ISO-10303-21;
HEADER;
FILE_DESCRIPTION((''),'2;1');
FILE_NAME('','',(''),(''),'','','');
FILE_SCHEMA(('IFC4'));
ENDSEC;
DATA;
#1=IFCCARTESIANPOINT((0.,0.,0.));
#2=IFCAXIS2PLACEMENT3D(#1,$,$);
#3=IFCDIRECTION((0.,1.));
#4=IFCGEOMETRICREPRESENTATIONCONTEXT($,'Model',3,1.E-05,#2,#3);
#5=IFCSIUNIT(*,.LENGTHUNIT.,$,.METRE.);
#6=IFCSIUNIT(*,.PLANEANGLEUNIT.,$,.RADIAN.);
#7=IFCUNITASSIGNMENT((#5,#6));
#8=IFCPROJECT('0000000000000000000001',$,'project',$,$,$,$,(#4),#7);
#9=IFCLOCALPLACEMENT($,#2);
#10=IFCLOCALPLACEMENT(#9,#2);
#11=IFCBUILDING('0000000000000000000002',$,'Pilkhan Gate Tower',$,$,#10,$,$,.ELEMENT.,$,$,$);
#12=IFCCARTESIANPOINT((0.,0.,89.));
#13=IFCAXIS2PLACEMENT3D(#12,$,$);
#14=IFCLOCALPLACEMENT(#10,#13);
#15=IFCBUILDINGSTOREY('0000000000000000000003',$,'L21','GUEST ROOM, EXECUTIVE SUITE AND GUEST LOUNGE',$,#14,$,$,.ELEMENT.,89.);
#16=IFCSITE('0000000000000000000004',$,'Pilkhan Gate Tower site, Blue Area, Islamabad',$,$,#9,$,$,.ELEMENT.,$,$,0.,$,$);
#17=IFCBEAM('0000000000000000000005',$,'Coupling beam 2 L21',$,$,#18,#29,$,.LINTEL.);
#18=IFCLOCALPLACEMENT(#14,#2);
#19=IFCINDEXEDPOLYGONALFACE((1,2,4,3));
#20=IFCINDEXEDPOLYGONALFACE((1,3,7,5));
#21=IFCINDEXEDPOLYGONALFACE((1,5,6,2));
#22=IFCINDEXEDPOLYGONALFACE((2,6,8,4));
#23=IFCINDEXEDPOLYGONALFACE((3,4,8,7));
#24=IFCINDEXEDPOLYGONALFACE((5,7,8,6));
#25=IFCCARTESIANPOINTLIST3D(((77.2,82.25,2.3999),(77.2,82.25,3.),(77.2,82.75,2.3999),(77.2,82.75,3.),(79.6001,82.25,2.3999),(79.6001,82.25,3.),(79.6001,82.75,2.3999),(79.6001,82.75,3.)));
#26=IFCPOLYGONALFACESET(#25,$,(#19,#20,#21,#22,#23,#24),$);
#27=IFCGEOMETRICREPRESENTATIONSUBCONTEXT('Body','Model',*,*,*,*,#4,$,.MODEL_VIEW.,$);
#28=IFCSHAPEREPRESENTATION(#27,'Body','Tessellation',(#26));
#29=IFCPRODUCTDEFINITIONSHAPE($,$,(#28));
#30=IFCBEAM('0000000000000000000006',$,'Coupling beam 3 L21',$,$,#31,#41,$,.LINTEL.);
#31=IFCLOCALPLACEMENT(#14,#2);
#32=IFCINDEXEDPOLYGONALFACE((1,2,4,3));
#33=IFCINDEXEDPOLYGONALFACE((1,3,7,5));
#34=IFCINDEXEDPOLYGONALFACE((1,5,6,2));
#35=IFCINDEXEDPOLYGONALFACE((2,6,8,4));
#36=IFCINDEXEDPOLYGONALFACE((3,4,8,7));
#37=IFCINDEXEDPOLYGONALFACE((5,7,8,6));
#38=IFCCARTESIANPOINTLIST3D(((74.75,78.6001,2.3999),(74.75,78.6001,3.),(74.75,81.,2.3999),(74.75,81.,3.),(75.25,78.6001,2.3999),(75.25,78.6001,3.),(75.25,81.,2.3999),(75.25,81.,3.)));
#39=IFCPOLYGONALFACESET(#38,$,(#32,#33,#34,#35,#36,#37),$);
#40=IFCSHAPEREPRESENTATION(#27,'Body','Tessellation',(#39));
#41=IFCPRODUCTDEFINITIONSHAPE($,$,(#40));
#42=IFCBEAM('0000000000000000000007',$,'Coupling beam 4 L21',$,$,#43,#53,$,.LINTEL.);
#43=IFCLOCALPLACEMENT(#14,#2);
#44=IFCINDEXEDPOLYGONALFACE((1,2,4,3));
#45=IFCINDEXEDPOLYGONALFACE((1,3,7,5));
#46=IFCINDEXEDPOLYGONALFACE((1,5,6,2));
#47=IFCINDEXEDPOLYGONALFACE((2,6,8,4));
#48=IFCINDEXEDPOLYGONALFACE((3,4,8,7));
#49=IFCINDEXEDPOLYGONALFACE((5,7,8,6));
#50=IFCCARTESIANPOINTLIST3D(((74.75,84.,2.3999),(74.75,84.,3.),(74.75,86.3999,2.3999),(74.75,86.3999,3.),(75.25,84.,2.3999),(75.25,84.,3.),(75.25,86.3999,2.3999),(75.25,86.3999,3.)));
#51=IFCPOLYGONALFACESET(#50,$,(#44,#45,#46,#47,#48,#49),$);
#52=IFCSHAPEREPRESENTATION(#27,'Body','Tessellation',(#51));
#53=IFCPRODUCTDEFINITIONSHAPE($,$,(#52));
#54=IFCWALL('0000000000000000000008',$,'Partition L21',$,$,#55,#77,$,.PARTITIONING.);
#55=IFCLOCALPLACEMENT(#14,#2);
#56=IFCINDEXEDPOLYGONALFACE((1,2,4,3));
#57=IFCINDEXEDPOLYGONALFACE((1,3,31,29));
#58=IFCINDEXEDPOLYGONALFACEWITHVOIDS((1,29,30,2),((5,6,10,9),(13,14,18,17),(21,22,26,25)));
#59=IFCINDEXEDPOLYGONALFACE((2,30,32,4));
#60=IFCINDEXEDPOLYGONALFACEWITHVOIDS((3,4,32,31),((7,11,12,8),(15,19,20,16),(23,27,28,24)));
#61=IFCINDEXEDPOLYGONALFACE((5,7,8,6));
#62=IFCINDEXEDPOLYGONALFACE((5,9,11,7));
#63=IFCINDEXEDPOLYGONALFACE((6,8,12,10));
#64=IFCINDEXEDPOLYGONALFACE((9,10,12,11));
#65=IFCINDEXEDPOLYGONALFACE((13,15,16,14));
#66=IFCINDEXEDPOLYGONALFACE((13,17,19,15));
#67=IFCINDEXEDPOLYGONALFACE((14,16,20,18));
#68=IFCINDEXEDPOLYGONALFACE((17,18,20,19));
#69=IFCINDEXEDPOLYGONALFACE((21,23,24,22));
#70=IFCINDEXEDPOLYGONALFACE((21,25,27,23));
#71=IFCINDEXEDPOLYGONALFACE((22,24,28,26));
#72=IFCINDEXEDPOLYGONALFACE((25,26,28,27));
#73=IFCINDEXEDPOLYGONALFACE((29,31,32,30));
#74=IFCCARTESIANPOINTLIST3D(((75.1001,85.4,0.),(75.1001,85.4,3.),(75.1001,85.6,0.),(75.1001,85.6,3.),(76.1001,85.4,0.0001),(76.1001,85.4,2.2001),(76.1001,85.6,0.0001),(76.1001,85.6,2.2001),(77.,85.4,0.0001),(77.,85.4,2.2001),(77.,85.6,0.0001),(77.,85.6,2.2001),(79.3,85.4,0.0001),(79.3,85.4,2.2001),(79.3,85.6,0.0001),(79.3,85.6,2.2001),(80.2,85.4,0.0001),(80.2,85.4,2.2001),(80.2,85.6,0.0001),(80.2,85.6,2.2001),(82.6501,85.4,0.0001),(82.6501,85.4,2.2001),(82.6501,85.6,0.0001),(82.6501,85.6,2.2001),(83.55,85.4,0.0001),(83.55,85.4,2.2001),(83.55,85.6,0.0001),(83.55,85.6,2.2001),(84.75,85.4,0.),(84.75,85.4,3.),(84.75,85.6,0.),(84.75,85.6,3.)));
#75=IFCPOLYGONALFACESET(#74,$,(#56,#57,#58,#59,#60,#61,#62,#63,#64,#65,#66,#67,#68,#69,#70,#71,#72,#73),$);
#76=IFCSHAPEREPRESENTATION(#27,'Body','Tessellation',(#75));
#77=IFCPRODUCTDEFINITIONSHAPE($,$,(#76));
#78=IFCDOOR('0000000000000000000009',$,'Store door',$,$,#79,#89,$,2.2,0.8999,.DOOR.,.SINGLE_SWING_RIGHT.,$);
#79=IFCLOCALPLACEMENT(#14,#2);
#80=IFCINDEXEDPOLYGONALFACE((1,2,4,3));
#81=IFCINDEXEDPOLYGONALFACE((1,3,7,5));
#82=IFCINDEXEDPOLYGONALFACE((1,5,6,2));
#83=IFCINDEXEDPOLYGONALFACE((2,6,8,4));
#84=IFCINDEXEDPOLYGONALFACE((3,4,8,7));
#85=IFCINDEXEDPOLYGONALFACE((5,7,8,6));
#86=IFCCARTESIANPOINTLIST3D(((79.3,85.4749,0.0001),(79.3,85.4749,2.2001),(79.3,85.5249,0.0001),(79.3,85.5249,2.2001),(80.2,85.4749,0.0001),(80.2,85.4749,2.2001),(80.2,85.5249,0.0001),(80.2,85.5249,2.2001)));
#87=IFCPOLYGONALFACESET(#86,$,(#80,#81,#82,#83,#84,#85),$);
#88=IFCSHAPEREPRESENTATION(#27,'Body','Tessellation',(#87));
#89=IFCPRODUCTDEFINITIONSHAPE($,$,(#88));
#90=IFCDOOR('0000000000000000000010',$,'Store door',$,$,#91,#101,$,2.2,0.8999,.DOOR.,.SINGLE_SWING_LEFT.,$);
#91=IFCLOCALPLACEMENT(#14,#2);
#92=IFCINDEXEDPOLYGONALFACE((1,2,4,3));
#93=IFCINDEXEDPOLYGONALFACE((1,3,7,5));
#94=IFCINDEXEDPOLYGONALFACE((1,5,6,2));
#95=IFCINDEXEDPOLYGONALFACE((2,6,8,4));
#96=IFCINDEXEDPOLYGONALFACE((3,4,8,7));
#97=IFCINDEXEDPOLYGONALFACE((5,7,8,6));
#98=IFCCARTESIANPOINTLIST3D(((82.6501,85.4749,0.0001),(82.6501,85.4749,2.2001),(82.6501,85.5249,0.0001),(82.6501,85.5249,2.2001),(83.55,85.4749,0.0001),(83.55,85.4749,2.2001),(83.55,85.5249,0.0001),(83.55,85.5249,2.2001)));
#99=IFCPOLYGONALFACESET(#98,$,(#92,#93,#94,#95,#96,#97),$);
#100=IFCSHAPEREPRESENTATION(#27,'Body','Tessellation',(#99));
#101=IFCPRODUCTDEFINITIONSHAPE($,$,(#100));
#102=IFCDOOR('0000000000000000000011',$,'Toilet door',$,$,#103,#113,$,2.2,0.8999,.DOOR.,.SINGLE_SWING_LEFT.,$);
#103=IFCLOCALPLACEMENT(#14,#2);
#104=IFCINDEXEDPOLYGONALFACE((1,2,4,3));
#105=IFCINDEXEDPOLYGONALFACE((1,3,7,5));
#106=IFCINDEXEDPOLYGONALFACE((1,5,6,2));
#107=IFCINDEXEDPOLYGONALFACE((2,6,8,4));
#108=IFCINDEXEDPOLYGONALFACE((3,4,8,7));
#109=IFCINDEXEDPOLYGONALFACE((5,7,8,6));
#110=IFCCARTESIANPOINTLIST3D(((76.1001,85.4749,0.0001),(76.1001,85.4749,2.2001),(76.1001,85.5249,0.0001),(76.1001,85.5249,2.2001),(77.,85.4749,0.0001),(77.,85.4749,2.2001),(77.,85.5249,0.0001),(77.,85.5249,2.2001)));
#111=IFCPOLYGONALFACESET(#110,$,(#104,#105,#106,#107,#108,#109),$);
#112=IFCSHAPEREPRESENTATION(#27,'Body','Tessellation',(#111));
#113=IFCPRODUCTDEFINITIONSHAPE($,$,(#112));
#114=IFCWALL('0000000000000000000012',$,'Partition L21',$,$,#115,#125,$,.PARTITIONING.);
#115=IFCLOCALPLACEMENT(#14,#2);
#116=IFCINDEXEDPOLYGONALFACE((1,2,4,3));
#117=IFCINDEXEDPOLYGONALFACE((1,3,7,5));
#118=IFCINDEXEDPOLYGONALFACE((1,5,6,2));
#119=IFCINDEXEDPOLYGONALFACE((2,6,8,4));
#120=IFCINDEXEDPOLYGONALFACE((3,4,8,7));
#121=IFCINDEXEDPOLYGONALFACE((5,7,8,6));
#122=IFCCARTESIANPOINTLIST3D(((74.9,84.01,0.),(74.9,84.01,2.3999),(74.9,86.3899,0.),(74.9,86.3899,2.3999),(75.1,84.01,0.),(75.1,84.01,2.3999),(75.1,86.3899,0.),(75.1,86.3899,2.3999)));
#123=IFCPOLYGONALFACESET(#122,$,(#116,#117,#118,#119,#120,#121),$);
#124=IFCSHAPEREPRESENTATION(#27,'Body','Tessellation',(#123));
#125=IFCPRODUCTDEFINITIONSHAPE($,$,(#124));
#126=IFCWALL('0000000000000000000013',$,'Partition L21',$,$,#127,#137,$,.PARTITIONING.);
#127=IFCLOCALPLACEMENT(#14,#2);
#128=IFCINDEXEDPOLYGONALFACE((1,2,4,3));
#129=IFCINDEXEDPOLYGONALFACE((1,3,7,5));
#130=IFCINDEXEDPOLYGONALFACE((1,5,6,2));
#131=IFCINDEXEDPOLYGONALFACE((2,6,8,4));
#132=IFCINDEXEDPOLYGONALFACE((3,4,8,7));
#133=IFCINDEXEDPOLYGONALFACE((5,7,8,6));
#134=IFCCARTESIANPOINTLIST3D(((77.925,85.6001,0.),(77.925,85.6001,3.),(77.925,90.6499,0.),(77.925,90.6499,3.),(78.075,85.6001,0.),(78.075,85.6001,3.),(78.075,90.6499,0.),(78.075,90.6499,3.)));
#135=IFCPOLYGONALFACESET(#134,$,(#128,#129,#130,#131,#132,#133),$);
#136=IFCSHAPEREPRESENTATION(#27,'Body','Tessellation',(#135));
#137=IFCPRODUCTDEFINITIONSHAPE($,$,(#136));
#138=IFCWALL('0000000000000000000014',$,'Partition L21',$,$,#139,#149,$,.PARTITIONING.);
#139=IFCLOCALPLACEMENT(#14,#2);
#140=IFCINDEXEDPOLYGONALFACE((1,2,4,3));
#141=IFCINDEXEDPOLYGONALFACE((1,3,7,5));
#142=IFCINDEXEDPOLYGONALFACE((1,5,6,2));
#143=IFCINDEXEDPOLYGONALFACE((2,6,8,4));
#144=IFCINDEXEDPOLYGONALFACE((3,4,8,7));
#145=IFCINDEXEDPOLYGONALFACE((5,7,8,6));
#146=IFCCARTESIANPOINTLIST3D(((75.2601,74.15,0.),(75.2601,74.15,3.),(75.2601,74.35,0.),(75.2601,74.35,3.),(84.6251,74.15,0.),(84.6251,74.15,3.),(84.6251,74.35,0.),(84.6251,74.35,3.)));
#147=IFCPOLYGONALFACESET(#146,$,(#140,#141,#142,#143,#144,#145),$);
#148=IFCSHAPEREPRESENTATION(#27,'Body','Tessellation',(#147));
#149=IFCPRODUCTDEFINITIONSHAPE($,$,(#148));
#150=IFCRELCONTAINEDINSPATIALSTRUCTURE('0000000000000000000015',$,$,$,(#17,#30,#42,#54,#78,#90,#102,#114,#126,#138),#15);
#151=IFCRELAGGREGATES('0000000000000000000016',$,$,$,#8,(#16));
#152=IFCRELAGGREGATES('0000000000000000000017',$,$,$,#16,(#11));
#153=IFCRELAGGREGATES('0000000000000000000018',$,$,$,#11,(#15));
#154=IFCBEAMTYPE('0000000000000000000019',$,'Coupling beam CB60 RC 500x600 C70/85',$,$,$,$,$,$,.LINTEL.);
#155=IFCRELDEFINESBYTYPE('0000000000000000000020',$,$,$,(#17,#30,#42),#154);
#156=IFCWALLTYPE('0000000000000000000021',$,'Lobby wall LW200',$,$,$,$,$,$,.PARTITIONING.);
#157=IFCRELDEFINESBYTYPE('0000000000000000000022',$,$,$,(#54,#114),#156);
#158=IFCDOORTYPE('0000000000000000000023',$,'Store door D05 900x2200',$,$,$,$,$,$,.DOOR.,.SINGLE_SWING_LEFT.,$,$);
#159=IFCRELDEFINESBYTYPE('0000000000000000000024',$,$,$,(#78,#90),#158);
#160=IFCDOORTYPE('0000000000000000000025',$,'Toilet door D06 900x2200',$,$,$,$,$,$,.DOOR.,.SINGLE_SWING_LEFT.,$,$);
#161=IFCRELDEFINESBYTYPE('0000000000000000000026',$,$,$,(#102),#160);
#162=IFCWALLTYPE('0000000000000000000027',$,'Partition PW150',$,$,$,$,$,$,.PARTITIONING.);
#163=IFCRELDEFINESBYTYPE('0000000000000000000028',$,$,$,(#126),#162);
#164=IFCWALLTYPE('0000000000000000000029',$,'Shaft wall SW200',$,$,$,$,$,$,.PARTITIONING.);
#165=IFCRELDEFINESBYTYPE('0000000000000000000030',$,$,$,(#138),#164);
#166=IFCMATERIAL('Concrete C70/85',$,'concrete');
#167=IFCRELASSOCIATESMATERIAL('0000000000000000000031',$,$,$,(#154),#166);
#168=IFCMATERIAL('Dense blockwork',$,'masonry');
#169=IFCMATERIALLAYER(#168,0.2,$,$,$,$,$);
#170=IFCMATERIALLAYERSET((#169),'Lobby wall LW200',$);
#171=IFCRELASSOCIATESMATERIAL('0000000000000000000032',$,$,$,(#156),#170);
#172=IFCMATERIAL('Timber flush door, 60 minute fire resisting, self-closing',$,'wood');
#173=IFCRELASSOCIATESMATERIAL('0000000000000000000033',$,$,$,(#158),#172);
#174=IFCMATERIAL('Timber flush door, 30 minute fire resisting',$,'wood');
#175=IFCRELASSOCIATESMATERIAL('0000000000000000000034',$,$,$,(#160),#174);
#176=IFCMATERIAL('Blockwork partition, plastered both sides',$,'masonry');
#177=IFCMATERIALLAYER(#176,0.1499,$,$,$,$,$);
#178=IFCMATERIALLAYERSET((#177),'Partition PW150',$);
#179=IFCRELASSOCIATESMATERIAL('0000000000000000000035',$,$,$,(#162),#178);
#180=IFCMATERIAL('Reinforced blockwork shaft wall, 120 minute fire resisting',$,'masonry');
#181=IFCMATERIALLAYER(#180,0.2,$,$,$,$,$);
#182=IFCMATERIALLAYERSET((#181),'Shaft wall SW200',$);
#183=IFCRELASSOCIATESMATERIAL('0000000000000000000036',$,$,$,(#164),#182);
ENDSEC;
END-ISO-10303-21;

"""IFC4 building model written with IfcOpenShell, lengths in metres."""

from ifc_helpers import new_model, si_unit, direction, frame, frame_2d, origin, origin_2d, place, context, subcontext, project, spatial, rectangle, extrude, material, layer, layer_set, material_profile, profile_set, type_object, element, fill, save


model = new_model("IFC4")

# Units and contexts
model_context = context("Model", 3, precision=1e-05, world=origin(), true_north=direction((0.0, 1.0)))
body_context = subcontext(model_context, "Body", "Model", "MODEL_VIEW")
ifc_project = project(units=[si_unit("LENGTHUNIT", "METRE"), si_unit("PLANEANGLEUNIT", "RADIAN")], contexts=[model_context])

# Site, building, storey
site_placement = place(None, origin())
site = spatial("IfcSite", under=ifc_project, at=site_placement, Name="Pilkhan Gate Tower site, Blue Area, Islamabad", CompositionType="ELEMENT", RefElevation=0.0)
building_placement = place(site_placement, origin())
building = spatial("IfcBuilding", under=site, at=building_placement, Name="Pilkhan Gate Tower", CompositionType="ELEMENT")
storey_placement = place(building_placement, frame((0.0, 0.0, 89.0)))
storey = spatial("IfcBuildingStorey", under=building, at=storey_placement, Name="L21", Description="GUEST ROOM, EXECUTIVE SUITE AND GUEST LOUNGE", CompositionType="ELEMENT", Elevation=89.0)

# Beams
ifc_material_1 = material(Name="Concrete C70/85", Category="concrete")
ifc_material_profile = material_profile(ifc_material_1, rectangle(XDim=0.5, YDim=0.6001, at=origin_2d()), Name="RC 500x600")
ifc_profile_set = profile_set([ifc_material_profile], Name="Concrete C70/85")
beam_type = type_object("IfcBeamType", Name="Coupling beam CB60 RC 500x600 C70/85", PredefinedType="LINTEL", material=ifc_profile_set)
beam_placement = place(storey_placement, frame((77.2, 82.5, 2.7), z_axis=(1.0, 0.0, 0.0), x_axis=(0.0, 1.0, 0.0)))
element("IfcBeam", 1, at=beam_placement, inside=storey, type_object=beam_type, Name="Coupling beam 2 L21", PredefinedType="LINTEL", context=body_context, shape_type="SweptSolid", body=[
    extrude(rectangle(XDim=0.5, YDim=0.6001, at=origin_2d()), origin(), (0.0, 0.0, 1.0), 2.4001),
])
for number, where, z_axis, x_axis, name in (
    (2, (75.0, 78.6001, 2.7), (0.0, 1.0, 0.0), (-1.0, 0.0, 0.0), "Coupling beam 3 L21"),
    (3, (75.0, 84.0, 2.7), (0.0, 1.0, 0.0), (-1.0, 0.0, 0.0), "Coupling beam 4 L21"),
):
    element("IfcBeam", number, at=place(storey_placement, frame(where, z_axis=z_axis, x_axis=x_axis)), inside=storey, type_object=beam_type, Name=name, PredefinedType="LINTEL", context=body_context, shape_type="SweptSolid", body=[
        extrude(rectangle(XDim=0.5, YDim=0.6001, at=origin_2d()), origin(), (0.0, 0.0, 1.0), 2.3999),
    ])

# Wall, openings, doors
ifc_material_2 = material(Name="Dense blockwork", Category="masonry")
ifc_layer_1 = layer(ifc_material_2, 0.2)
ifc_layer_set_1 = layer_set([ifc_layer_1], Name="Lobby wall LW200")
wall_type_1 = type_object("IfcWallType", Name="Lobby wall LW200", PredefinedType="PARTITIONING", material=ifc_layer_set_1)
wall_1_placement = place(storey_placement, frame((75.1001, 85.5, 0.0), z_axis=(0.0, 0.0, 1.0), x_axis=(1.0, 0.0, 0.0)))
wall_1 = element("IfcWall", 4, at=wall_1_placement, inside=storey, type_object=wall_type_1, Name="Partition L21", PredefinedType="PARTITIONING", context=body_context, shape_type="SweptSolid", body=[
    extrude(rectangle(XDim=9.6499, YDim=0.2, at=frame_2d((4.825, 0.0))), origin(), (0.0, 0.0, 1.0), 3.0),
])
opening_1_placement = place(wall_1_placement, frame((1.0, 0.0, 0.0)))
opening_1 = element("IfcOpeningElement", 5, at=opening_1_placement, cuts=wall_1, PredefinedType="OPENING", context=body_context, shape_type="SweptSolid", body=[
    extrude(rectangle(XDim=0.8999, YDim=2.2, at=frame_2d((0.45, 1.1001))), frame((0.0, 0.1099, 0.0), z_axis=(0.0, -1.0, 0.0), x_axis=(1.0, 0.0, 0.0)), (0.0, 0.0, 1.0), 0.22),
])
opening_2_placement = place(wall_1_placement, frame((4.2, 0.0, 0.0)))
opening_2 = element("IfcOpeningElement", 6, at=opening_2_placement, cuts=wall_1, PredefinedType="OPENING", context=body_context, shape_type="SweptSolid", body=[
    extrude(rectangle(XDim=0.8999, YDim=2.2, at=frame_2d((0.45, 1.1001))), frame((0.0, 0.1099, 0.0), z_axis=(0.0, -1.0, 0.0), x_axis=(1.0, 0.0, 0.0)), (0.0, 0.0, 1.0), 0.22),
])
opening_3_placement = place(wall_1_placement, frame((7.55, 0.0, 0.0)))
opening_3 = element("IfcOpeningElement", 7, at=opening_3_placement, cuts=wall_1, PredefinedType="OPENING", context=body_context, shape_type="SweptSolid", body=[
    extrude(rectangle(XDim=0.8999, YDim=2.2, at=frame_2d((0.45, 1.1001))), frame((0.0, 0.1099, 0.0), z_axis=(0.0, -1.0, 0.0), x_axis=(1.0, 0.0, 0.0)), (0.0, 0.0, 1.0), 0.22),
])
ifc_material_3 = material(Name="Timber flush door, 60 minute fire resisting, self-closing", Category="wood")
door_type_1 = type_object("IfcDoorType", Name="Store door D05 900x2200", OperationType="SINGLE_SWING_LEFT", PredefinedType="DOOR", material=ifc_material_3)
door_1_placement = place(opening_2_placement, origin())
door_1 = element("IfcDoor", 8, at=door_1_placement, inside=storey, type_object=door_type_1, Name="Store door", OperationType="SINGLE_SWING_RIGHT", OverallHeight=2.2, OverallWidth=0.8999, PredefinedType="DOOR", context=body_context, shape_type="SweptSolid", body=[
    extrude(rectangle(XDim=0.8999, YDim=2.2, at=frame_2d((0.45, 1.1001))), frame((0.0, 0.0249, 0.0), z_axis=(0.0, -1.0, 0.0), x_axis=(1.0, 0.0, 0.0)), (0.0, 0.0, 1.0), 0.05),
])
fill(opening_2, door_1)
door_2_placement = place(opening_3_placement, origin())
door_2 = element("IfcDoor", 9, at=door_2_placement, inside=storey, type_object=door_type_1, Name="Store door", OperationType="SINGLE_SWING_LEFT", OverallHeight=2.2, OverallWidth=0.8999, PredefinedType="DOOR", context=body_context, shape_type="SweptSolid", body=[
    extrude(rectangle(XDim=0.8999, YDim=2.2, at=frame_2d((0.45, 1.1001))), frame((0.0, 0.0249, 0.0), z_axis=(0.0, -1.0, 0.0), x_axis=(1.0, 0.0, 0.0)), (0.0, 0.0, 1.0), 0.05),
])
fill(opening_3, door_2)
ifc_material_4 = material(Name="Timber flush door, 30 minute fire resisting", Category="wood")
door_type_2 = type_object("IfcDoorType", Name="Toilet door D06 900x2200", OperationType="SINGLE_SWING_LEFT", PredefinedType="DOOR", material=ifc_material_4)
door_3_placement = place(opening_1_placement, origin())
door_3 = element("IfcDoor", 10, at=door_3_placement, inside=storey, type_object=door_type_2, Name="Toilet door", OperationType="SINGLE_SWING_LEFT", OverallHeight=2.2, OverallWidth=0.8999, PredefinedType="DOOR", context=body_context, shape_type="SweptSolid", body=[
    extrude(rectangle(XDim=0.8999, YDim=2.2, at=frame_2d((0.45, 1.1001))), frame((0.0, 0.0249, 0.0), z_axis=(0.0, -1.0, 0.0), x_axis=(1.0, 0.0, 0.0)), (0.0, 0.0, 1.0), 0.05),
])
fill(opening_1, door_3)

# Walls
wall_2_placement = place(storey_placement, frame((75.0, 84.01, 0.0), z_axis=(0.0, 0.0, 1.0), x_axis=(0.0, 1.0, 0.0)))
element("IfcWall", 11, at=wall_2_placement, inside=storey, type_object=wall_type_1, Name="Partition L21", PredefinedType="PARTITIONING", context=body_context, shape_type="SweptSolid", body=[
    extrude(rectangle(XDim=2.3799, YDim=0.2, at=frame_2d((1.1899, 0.0))), origin(), (0.0, 0.0, 1.0), 2.3999),
])
ifc_material_5 = material(Name="Blockwork partition, plastered both sides", Category="masonry")
ifc_layer_2 = layer(ifc_material_5, 0.1499)
ifc_layer_set_2 = layer_set([ifc_layer_2], Name="Partition PW150")
wall_type_2 = type_object("IfcWallType", Name="Partition PW150", PredefinedType="PARTITIONING", material=ifc_layer_set_2)
wall_3_placement = place(storey_placement, frame((78.0, 85.6001, 0.0), z_axis=(0.0, 0.0, 1.0), x_axis=(0.0, 1.0, 0.0)))
element("IfcWall", 12, at=wall_3_placement, inside=storey, type_object=wall_type_2, Name="Partition L21", PredefinedType="PARTITIONING", context=body_context, shape_type="SweptSolid", body=[
    extrude(rectangle(XDim=5.0498, YDim=0.1499, at=frame_2d((2.5249, 0.0))), origin(), (0.0, 0.0, 1.0), 3.0),
])
ifc_material_6 = material(Name="Reinforced blockwork shaft wall, 120 minute fire resisting", Category="masonry")
ifc_layer_3 = layer(ifc_material_6, 0.2)
ifc_layer_set_3 = layer_set([ifc_layer_3], Name="Shaft wall SW200")
wall_type_3 = type_object("IfcWallType", Name="Shaft wall SW200", PredefinedType="PARTITIONING", material=ifc_layer_set_3)
wall_4_placement = place(storey_placement, frame((75.26, 74.25, 0.0), z_axis=(0.0, 0.0, 1.0), x_axis=(1.0, 0.0, 0.0)))
element("IfcWall", 13, at=wall_4_placement, inside=storey, type_object=wall_type_3, Name="Partition L21", PredefinedType="PARTITIONING", context=body_context, shape_type="SweptSolid", body=[
    extrude(rectangle(XDim=9.365, YDim=0.2, at=frame_2d((4.6826, 0.0))), origin(), (0.0, 0.0, 1.0), 3.0),
])

save(model, "model.ifc")
